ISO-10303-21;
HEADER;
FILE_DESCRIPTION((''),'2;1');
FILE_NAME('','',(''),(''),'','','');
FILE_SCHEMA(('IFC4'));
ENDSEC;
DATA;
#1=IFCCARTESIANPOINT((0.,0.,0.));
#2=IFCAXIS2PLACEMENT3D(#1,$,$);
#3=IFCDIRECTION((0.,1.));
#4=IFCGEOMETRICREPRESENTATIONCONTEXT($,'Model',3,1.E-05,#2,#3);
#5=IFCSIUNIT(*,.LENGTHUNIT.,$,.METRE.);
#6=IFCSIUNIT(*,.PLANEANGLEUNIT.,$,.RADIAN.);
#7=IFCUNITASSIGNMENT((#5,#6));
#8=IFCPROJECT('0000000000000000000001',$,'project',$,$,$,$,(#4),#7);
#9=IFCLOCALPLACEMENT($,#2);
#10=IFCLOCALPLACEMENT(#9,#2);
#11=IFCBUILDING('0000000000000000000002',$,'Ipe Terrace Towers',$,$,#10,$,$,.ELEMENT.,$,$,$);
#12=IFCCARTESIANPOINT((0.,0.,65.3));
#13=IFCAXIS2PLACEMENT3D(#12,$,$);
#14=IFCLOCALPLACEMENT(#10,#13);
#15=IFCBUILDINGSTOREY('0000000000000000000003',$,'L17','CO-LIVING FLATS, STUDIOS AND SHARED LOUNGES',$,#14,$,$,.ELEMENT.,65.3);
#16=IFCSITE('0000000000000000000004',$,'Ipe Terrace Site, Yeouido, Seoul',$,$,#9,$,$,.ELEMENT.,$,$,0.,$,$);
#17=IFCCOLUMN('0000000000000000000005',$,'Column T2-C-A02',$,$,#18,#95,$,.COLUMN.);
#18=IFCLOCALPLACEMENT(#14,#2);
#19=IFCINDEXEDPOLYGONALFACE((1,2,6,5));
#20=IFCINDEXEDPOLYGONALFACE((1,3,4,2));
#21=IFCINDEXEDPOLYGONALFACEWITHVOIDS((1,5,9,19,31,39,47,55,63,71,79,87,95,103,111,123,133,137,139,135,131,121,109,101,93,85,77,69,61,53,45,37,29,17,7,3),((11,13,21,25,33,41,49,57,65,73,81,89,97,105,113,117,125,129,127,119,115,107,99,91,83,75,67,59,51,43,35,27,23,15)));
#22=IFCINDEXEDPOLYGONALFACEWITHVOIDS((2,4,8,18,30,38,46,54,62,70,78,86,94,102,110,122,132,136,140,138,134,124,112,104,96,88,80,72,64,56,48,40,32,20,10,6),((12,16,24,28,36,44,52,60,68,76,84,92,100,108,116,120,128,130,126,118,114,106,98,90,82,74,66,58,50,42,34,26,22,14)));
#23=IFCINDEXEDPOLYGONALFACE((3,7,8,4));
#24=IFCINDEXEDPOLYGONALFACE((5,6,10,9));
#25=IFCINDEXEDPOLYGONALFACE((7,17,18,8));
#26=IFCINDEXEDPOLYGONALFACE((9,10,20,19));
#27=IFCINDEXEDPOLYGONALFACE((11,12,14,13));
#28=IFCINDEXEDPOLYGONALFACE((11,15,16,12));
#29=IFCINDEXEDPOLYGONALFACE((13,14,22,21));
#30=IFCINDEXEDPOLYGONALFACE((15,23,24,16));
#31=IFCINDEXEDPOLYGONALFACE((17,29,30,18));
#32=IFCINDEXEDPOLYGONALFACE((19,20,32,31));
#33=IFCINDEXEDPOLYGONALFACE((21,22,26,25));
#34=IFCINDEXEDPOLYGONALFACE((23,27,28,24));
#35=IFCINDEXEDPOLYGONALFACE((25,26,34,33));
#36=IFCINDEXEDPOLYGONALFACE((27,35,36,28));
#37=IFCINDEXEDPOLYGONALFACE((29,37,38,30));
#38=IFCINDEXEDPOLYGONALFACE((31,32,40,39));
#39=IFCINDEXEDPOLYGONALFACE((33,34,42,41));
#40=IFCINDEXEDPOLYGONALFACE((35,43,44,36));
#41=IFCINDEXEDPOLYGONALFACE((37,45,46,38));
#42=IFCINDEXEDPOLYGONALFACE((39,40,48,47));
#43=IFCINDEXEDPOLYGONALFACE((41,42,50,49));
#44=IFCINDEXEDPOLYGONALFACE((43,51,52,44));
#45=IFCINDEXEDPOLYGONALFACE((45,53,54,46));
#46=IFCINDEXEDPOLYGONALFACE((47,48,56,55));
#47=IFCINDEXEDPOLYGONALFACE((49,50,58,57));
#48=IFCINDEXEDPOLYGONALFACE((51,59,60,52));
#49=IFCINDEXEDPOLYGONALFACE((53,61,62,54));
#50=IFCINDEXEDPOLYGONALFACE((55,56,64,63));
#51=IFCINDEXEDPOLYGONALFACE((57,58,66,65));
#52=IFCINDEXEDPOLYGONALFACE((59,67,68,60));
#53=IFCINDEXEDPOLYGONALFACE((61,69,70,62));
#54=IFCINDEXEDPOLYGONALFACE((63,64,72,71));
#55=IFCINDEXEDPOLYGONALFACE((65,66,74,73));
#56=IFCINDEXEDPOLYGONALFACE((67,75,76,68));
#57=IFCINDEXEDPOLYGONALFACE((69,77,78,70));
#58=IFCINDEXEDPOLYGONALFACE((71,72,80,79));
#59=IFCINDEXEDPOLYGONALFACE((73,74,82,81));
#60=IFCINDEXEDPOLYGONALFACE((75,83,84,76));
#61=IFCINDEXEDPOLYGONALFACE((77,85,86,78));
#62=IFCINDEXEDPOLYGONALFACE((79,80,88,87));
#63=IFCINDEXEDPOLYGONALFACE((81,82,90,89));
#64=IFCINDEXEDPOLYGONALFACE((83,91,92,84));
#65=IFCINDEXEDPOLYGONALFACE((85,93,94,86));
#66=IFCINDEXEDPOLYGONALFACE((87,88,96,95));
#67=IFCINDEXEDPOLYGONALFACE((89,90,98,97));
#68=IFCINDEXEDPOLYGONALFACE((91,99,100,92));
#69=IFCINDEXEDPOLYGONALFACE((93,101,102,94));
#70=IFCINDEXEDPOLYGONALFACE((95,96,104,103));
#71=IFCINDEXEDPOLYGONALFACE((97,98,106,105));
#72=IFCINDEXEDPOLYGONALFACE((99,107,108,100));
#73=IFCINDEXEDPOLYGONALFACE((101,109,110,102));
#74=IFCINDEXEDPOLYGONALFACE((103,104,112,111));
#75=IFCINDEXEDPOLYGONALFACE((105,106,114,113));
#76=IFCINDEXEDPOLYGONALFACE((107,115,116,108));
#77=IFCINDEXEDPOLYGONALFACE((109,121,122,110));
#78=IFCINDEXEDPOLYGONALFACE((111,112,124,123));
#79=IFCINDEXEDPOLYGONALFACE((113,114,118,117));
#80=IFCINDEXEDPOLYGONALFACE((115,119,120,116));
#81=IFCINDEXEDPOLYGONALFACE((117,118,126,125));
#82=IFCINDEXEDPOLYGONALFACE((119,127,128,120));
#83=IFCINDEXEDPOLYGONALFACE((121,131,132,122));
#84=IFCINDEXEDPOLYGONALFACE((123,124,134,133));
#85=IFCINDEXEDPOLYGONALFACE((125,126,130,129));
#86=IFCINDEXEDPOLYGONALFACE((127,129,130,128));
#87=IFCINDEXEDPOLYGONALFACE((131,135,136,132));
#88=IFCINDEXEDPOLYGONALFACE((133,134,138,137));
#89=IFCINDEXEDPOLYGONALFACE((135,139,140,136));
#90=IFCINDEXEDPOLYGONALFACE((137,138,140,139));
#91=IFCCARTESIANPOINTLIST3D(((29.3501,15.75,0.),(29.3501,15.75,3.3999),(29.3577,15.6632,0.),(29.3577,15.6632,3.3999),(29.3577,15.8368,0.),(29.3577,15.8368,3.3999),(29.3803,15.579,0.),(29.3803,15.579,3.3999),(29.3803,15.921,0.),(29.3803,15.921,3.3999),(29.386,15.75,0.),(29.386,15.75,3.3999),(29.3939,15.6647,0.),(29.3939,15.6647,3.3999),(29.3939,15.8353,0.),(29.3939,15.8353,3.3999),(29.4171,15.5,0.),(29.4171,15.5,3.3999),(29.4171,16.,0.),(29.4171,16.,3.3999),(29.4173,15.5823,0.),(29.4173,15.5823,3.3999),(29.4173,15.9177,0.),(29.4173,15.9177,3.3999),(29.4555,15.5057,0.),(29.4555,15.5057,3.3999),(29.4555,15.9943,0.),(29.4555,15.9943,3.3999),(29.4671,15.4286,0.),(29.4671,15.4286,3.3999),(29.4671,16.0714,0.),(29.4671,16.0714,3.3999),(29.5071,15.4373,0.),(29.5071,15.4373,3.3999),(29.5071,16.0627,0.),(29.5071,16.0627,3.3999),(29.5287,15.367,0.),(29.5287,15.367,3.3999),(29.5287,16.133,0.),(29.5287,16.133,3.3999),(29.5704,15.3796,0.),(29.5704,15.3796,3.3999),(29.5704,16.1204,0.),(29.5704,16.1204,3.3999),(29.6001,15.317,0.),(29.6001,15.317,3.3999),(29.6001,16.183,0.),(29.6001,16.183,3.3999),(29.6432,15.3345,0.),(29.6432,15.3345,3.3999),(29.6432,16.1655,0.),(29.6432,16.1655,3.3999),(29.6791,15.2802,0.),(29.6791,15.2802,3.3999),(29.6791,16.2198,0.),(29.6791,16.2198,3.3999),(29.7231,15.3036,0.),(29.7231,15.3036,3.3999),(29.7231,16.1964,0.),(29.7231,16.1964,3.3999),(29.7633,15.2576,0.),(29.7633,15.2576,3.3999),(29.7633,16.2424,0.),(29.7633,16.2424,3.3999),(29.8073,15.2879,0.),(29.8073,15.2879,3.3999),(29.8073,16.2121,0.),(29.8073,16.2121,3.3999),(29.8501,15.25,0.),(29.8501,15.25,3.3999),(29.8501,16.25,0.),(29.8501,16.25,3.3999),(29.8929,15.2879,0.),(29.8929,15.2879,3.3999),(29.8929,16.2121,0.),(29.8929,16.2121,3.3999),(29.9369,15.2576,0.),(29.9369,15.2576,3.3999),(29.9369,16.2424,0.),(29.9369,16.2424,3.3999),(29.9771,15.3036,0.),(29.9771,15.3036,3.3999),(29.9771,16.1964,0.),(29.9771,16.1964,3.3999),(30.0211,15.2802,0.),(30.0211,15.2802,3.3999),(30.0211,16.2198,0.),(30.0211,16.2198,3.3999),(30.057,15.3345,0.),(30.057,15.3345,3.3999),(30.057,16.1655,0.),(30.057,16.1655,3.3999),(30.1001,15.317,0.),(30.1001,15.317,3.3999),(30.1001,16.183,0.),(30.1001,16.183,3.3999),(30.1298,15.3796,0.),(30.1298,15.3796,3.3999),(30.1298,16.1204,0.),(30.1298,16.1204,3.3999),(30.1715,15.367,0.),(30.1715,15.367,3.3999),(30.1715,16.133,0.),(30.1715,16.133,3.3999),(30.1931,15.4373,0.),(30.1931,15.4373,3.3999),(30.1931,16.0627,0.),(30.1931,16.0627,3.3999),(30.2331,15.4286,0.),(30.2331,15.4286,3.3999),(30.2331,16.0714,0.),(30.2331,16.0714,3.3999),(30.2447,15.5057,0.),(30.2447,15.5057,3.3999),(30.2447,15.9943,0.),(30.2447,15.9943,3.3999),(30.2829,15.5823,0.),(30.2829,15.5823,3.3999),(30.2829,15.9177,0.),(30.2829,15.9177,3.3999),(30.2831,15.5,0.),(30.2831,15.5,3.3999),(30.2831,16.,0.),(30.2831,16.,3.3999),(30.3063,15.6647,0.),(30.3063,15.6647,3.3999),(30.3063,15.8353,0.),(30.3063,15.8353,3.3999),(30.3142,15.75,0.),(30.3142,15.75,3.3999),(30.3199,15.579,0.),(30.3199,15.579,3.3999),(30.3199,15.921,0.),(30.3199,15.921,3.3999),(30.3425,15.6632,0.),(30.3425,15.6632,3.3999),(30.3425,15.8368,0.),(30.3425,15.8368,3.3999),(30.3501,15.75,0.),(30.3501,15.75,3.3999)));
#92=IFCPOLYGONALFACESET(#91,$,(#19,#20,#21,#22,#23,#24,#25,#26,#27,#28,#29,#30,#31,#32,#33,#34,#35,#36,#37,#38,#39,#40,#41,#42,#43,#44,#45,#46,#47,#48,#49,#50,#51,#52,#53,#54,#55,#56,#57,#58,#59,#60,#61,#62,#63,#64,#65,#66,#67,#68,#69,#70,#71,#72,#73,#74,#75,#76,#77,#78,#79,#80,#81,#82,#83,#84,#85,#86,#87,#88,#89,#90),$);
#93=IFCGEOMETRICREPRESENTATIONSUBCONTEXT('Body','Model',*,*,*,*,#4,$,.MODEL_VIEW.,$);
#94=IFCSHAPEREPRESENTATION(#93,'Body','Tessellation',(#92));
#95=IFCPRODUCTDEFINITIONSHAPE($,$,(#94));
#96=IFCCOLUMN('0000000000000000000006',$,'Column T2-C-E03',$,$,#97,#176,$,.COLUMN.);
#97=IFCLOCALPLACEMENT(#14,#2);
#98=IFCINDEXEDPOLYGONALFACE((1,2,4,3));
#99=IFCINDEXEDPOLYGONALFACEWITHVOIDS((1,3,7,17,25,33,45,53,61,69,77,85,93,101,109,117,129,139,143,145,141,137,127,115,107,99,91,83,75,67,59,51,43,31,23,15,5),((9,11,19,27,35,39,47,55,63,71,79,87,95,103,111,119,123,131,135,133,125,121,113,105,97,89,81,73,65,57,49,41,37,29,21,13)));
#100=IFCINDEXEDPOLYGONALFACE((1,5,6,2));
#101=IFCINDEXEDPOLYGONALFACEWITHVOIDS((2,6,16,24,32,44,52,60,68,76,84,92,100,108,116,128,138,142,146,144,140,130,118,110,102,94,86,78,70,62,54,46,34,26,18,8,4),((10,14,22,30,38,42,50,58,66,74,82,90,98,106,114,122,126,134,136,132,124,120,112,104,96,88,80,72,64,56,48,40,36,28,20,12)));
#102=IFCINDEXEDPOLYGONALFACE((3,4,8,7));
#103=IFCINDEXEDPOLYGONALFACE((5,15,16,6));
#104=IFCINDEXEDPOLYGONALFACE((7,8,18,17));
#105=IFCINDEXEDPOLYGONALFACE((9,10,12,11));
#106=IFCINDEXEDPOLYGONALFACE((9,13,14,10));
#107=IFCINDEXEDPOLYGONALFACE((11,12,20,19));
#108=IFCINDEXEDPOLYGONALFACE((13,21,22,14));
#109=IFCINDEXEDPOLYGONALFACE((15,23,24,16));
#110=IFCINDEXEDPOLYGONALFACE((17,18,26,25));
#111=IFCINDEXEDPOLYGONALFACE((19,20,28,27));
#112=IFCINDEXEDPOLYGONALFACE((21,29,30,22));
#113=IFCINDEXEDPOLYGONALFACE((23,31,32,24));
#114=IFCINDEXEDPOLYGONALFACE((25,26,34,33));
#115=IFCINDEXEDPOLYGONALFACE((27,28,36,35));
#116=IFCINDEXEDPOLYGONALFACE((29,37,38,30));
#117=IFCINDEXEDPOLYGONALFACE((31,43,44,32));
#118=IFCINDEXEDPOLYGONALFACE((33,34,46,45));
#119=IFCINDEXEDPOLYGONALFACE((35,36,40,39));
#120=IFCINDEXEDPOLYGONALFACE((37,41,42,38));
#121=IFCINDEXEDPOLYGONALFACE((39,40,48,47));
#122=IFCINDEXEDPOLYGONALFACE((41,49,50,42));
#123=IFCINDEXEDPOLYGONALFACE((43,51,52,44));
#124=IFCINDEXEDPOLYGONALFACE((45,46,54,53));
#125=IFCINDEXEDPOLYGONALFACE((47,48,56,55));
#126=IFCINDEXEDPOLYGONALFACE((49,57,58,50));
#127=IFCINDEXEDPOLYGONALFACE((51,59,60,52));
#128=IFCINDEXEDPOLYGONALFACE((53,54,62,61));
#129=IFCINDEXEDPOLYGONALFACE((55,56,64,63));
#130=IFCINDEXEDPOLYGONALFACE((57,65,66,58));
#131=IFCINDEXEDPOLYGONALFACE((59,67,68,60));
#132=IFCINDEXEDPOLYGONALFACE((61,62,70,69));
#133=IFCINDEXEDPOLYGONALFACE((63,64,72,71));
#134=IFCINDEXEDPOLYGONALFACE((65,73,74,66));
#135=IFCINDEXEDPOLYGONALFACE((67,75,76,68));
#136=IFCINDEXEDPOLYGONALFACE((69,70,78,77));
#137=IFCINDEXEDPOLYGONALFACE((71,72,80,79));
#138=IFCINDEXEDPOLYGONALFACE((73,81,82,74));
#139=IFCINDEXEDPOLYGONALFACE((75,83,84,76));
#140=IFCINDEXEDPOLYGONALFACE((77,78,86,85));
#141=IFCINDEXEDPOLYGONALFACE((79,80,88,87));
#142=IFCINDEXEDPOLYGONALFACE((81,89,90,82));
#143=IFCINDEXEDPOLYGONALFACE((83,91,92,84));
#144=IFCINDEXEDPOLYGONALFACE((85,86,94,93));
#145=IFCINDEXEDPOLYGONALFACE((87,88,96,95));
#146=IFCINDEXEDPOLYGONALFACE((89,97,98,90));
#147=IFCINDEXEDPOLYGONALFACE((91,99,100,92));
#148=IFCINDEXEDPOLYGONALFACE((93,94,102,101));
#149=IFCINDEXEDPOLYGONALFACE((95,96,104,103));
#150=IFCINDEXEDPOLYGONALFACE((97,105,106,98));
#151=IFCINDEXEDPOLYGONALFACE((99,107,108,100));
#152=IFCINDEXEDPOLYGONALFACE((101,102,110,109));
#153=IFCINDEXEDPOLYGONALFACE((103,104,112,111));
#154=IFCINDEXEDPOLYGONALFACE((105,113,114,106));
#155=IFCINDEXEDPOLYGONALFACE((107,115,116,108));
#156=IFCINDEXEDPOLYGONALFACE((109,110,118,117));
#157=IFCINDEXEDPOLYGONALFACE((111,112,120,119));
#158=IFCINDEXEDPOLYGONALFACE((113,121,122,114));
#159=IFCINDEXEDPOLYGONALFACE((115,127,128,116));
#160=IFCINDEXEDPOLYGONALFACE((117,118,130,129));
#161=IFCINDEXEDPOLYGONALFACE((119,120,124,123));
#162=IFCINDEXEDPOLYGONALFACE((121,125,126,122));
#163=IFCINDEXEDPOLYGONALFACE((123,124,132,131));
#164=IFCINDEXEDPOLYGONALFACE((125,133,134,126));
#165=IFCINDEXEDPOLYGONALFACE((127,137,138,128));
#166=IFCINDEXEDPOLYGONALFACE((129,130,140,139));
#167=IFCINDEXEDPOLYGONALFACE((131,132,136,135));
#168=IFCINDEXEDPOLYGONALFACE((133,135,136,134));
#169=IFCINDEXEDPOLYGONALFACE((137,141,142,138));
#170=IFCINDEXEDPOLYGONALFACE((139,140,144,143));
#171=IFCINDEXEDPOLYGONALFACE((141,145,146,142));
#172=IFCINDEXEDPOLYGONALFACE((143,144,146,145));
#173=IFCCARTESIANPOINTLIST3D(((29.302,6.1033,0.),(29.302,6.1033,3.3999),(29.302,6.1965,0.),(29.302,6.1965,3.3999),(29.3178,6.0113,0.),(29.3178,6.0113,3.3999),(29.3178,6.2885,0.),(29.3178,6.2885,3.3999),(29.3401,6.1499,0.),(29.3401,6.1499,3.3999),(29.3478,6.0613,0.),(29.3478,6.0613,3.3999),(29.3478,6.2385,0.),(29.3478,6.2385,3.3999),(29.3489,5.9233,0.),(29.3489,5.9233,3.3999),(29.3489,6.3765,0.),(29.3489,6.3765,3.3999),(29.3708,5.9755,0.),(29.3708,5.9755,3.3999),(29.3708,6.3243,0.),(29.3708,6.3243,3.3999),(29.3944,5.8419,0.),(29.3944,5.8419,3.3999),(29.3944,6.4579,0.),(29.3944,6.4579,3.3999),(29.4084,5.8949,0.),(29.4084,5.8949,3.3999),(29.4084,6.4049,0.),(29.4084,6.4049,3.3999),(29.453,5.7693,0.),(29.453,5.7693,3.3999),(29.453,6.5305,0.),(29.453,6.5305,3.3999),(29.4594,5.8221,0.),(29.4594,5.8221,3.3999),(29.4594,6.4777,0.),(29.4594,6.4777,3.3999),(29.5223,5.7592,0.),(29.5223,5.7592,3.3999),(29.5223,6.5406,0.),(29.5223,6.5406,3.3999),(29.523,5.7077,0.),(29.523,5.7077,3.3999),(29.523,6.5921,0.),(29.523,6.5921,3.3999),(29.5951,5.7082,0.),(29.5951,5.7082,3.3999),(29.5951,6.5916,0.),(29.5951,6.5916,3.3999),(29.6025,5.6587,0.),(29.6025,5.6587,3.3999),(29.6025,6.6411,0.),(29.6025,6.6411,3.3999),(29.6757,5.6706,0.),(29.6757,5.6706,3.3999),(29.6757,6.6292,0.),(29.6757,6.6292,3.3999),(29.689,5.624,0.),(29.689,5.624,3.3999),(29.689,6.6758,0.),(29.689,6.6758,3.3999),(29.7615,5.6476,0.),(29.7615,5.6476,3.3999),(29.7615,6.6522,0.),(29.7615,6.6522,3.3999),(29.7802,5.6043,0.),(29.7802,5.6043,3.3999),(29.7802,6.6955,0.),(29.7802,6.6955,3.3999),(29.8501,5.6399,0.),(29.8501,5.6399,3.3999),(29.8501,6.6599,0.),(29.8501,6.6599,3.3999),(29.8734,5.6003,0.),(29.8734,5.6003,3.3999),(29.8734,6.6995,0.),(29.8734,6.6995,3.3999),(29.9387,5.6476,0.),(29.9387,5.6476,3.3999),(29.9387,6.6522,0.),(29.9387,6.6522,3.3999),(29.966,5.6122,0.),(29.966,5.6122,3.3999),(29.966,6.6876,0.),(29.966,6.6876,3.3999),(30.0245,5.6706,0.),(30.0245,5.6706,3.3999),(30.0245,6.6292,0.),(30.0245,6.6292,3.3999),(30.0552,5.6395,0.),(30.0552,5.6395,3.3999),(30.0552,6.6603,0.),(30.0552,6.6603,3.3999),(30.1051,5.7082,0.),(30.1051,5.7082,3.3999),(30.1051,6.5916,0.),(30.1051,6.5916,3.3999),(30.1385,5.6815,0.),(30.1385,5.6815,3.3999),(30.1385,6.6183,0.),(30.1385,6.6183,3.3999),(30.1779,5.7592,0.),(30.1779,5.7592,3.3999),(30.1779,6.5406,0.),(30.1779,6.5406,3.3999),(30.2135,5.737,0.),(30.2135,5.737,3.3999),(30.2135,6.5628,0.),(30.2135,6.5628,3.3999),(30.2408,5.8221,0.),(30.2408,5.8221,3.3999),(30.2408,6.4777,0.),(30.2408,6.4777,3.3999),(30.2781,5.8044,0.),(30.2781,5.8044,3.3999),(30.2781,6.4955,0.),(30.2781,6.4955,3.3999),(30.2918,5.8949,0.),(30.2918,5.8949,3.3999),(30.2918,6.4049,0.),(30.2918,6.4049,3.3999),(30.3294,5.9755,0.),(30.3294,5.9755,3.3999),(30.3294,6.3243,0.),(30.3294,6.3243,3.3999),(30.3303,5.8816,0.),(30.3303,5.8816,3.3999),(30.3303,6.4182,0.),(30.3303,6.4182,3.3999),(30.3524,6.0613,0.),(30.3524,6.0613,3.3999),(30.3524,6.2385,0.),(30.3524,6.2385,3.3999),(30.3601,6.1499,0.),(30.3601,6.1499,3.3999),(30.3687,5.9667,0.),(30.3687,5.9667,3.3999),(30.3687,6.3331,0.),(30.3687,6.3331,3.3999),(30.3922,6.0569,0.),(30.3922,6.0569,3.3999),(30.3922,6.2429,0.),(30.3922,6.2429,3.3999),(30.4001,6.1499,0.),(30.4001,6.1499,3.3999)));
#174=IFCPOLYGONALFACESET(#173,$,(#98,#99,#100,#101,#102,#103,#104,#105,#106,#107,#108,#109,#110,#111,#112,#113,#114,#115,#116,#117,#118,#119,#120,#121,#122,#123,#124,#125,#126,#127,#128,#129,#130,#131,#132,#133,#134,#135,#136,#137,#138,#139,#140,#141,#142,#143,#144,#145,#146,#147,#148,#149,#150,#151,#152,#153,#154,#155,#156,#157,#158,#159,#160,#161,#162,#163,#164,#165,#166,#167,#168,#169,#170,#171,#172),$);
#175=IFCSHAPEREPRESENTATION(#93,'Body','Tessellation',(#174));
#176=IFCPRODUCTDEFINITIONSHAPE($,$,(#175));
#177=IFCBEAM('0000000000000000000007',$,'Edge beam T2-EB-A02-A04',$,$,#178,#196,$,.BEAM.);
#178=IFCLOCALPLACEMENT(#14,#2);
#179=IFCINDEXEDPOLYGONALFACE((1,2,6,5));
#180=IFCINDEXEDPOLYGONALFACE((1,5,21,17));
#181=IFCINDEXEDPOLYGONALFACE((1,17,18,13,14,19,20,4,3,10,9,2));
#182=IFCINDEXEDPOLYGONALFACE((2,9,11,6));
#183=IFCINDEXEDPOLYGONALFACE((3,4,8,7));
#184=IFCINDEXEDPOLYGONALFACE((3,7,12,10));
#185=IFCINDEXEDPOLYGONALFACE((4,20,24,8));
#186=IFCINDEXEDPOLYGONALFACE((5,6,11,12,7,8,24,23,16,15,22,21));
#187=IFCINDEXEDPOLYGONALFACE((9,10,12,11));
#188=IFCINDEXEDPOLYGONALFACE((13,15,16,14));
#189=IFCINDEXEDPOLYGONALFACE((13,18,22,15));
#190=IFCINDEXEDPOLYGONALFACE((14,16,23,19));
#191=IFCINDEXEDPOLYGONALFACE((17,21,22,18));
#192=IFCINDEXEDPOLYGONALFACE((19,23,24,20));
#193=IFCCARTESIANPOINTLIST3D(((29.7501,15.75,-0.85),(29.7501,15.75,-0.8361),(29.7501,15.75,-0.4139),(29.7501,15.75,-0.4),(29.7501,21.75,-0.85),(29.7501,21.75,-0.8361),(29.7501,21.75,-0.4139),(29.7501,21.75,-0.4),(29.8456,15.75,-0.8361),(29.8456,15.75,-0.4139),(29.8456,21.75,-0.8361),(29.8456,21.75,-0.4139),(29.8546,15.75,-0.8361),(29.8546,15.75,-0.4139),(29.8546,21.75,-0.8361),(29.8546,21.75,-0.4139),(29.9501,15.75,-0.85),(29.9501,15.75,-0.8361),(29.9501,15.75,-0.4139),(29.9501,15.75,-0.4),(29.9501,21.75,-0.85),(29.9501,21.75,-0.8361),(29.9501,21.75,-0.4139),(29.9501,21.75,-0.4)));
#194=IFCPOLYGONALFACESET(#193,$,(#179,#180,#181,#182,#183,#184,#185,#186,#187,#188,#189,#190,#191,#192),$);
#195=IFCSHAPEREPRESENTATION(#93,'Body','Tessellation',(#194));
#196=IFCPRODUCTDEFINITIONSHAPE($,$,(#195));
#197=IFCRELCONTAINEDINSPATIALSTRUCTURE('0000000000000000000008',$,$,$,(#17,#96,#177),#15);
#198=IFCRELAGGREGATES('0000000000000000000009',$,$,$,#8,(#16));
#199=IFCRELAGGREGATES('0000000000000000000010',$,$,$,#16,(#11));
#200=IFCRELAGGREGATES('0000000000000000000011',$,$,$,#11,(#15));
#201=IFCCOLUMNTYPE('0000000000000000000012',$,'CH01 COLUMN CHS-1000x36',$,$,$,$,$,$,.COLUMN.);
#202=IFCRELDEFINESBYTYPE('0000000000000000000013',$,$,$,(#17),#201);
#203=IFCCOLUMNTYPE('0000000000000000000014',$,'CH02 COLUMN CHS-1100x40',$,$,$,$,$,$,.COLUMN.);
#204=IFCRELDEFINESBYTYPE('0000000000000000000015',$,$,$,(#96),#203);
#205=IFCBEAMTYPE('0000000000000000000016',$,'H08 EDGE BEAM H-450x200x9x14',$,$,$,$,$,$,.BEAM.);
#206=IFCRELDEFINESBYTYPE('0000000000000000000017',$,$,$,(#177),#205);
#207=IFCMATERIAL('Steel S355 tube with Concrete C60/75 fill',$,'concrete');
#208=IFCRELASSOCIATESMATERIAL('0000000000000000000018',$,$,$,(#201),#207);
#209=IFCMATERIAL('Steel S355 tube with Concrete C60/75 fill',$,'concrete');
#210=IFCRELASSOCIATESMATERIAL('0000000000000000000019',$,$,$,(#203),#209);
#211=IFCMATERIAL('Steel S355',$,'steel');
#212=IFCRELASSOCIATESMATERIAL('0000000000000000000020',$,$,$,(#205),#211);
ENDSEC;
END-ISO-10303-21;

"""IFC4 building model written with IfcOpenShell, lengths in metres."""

from ifc_helpers import new_model, si_unit, direction, frame, origin, origin_2d, place, context, subcontext, project, spatial, hollow_circle, i_section, extrude, material, material_profile, profile_set, type_object, element, save


model = new_model("IFC4")

# Units and contexts
model_context = context("Model", 3, precision=1e-05, world=origin(), true_north=direction((0.0, 1.0)))
body_context = subcontext(model_context, "Body", "Model", "MODEL_VIEW")
ifc_project = project(units=[si_unit("LENGTHUNIT", "METRE"), si_unit("PLANEANGLEUNIT", "RADIAN")], contexts=[model_context])

# Site, building, storey
site_placement = place(None, origin())
site = spatial("IfcSite", under=ifc_project, at=site_placement, Name="Ipe Terrace Site, Yeouido, Seoul", CompositionType="ELEMENT", RefElevation=0.0)
building_placement = place(site_placement, origin())
building = spatial("IfcBuilding", under=site, at=building_placement, Name="Ipe Terrace Towers", CompositionType="ELEMENT")
storey_placement = place(building_placement, frame((0.0, 0.0, 65.3)))
storey = spatial("IfcBuildingStorey", under=building, at=storey_placement, Name="L17", Description="CO-LIVING FLATS, STUDIOS AND SHARED LOUNGES", CompositionType="ELEMENT", Elevation=65.3)

# Columns
ifc_material_1 = material(Name="Steel S355 tube with Concrete C60/75 fill", Category="concrete")
ifc_material_profile_1 = material_profile(ifc_material_1, hollow_circle(Radius=0.5, WallThickness=0.0359, at=origin_2d()), Name="CHS-1000x36")
ifc_profile_set_1 = profile_set([ifc_material_profile_1], Name="Steel S355 tube with Concrete C60/75 fill")
column_type_1 = type_object("IfcColumnType", Name="CH01 COLUMN CHS-1000x36", PredefinedType="COLUMN", material=ifc_profile_set_1)
column_1_placement = place(storey_placement, frame((29.8501, 15.75, 0.0), z_axis=(0.0, 0.0, 1.0), x_axis=(1.0, 0.0, 0.0)))
element("IfcColumn", 1, at=column_1_placement, inside=storey, type_object=column_type_1, Name="Column T2-C-A02", PredefinedType="COLUMN", context=body_context, shape_type="SweptSolid", body=[
    extrude(hollow_circle(Radius=0.5, WallThickness=0.0359, at=origin_2d()), origin(), (0.0, 0.0, 1.0), 3.3999),
])
ifc_material_2 = material(Name="Steel S355 tube with Concrete C60/75 fill", Category="concrete")
ifc_material_profile_2 = material_profile(ifc_material_2, hollow_circle(Radius=0.55, WallThickness=0.04, at=origin_2d()), Name="CHS-1100x40")
ifc_profile_set_2 = profile_set([ifc_material_profile_2], Name="Steel S355 tube with Concrete C60/75 fill")
column_type_2 = type_object("IfcColumnType", Name="CH02 COLUMN CHS-1100x40", PredefinedType="COLUMN", material=ifc_profile_set_2)
column_2_placement = place(storey_placement, frame((29.8501, 6.1499, 0.0), z_axis=(0.0, 0.0, 1.0), x_axis=(1.0, 0.0, 0.0)))
element("IfcColumn", 2, at=column_2_placement, inside=storey, type_object=column_type_2, Name="Column T2-C-E03", PredefinedType="COLUMN", context=body_context, shape_type="SweptSolid", body=[
    extrude(hollow_circle(Radius=0.55, WallThickness=0.04, at=origin_2d()), origin(), (0.0, 0.0, 1.0), 3.3999),
])

# Beam
ifc_material_3 = material(Name="Steel S355", Category="steel")
ifc_material_profile_3 = material_profile(ifc_material_3, i_section(OverallWidth=0.2, OverallDepth=0.45, WebThickness=0.009, FlangeThickness=0.0139, at=origin_2d()), Name="H-450x200x9x14")
ifc_profile_set_3 = profile_set([ifc_material_profile_3], Name="Steel S355")
beam_type = type_object("IfcBeamType", Name="H08 EDGE BEAM H-450x200x9x14", PredefinedType="BEAM", material=ifc_profile_set_3)
beam_placement = place(storey_placement, frame((29.8501, 15.75, -0.625), z_axis=(0.0, 1.0, 0.0), x_axis=(-1.0, 0.0, 0.0)))
element("IfcBeam", 3, at=beam_placement, inside=storey, type_object=beam_type, Name="Edge beam T2-EB-A02-A04", PredefinedType="BEAM", context=body_context, shape_type="SweptSolid", body=[
    extrude(i_section(OverallWidth=0.2, OverallDepth=0.45, WebThickness=0.009, FlangeThickness=0.0139, at=origin_2d()), origin(), (0.0, 0.0, 1.0), 6.0),
])

save(model, "model.ifc")
